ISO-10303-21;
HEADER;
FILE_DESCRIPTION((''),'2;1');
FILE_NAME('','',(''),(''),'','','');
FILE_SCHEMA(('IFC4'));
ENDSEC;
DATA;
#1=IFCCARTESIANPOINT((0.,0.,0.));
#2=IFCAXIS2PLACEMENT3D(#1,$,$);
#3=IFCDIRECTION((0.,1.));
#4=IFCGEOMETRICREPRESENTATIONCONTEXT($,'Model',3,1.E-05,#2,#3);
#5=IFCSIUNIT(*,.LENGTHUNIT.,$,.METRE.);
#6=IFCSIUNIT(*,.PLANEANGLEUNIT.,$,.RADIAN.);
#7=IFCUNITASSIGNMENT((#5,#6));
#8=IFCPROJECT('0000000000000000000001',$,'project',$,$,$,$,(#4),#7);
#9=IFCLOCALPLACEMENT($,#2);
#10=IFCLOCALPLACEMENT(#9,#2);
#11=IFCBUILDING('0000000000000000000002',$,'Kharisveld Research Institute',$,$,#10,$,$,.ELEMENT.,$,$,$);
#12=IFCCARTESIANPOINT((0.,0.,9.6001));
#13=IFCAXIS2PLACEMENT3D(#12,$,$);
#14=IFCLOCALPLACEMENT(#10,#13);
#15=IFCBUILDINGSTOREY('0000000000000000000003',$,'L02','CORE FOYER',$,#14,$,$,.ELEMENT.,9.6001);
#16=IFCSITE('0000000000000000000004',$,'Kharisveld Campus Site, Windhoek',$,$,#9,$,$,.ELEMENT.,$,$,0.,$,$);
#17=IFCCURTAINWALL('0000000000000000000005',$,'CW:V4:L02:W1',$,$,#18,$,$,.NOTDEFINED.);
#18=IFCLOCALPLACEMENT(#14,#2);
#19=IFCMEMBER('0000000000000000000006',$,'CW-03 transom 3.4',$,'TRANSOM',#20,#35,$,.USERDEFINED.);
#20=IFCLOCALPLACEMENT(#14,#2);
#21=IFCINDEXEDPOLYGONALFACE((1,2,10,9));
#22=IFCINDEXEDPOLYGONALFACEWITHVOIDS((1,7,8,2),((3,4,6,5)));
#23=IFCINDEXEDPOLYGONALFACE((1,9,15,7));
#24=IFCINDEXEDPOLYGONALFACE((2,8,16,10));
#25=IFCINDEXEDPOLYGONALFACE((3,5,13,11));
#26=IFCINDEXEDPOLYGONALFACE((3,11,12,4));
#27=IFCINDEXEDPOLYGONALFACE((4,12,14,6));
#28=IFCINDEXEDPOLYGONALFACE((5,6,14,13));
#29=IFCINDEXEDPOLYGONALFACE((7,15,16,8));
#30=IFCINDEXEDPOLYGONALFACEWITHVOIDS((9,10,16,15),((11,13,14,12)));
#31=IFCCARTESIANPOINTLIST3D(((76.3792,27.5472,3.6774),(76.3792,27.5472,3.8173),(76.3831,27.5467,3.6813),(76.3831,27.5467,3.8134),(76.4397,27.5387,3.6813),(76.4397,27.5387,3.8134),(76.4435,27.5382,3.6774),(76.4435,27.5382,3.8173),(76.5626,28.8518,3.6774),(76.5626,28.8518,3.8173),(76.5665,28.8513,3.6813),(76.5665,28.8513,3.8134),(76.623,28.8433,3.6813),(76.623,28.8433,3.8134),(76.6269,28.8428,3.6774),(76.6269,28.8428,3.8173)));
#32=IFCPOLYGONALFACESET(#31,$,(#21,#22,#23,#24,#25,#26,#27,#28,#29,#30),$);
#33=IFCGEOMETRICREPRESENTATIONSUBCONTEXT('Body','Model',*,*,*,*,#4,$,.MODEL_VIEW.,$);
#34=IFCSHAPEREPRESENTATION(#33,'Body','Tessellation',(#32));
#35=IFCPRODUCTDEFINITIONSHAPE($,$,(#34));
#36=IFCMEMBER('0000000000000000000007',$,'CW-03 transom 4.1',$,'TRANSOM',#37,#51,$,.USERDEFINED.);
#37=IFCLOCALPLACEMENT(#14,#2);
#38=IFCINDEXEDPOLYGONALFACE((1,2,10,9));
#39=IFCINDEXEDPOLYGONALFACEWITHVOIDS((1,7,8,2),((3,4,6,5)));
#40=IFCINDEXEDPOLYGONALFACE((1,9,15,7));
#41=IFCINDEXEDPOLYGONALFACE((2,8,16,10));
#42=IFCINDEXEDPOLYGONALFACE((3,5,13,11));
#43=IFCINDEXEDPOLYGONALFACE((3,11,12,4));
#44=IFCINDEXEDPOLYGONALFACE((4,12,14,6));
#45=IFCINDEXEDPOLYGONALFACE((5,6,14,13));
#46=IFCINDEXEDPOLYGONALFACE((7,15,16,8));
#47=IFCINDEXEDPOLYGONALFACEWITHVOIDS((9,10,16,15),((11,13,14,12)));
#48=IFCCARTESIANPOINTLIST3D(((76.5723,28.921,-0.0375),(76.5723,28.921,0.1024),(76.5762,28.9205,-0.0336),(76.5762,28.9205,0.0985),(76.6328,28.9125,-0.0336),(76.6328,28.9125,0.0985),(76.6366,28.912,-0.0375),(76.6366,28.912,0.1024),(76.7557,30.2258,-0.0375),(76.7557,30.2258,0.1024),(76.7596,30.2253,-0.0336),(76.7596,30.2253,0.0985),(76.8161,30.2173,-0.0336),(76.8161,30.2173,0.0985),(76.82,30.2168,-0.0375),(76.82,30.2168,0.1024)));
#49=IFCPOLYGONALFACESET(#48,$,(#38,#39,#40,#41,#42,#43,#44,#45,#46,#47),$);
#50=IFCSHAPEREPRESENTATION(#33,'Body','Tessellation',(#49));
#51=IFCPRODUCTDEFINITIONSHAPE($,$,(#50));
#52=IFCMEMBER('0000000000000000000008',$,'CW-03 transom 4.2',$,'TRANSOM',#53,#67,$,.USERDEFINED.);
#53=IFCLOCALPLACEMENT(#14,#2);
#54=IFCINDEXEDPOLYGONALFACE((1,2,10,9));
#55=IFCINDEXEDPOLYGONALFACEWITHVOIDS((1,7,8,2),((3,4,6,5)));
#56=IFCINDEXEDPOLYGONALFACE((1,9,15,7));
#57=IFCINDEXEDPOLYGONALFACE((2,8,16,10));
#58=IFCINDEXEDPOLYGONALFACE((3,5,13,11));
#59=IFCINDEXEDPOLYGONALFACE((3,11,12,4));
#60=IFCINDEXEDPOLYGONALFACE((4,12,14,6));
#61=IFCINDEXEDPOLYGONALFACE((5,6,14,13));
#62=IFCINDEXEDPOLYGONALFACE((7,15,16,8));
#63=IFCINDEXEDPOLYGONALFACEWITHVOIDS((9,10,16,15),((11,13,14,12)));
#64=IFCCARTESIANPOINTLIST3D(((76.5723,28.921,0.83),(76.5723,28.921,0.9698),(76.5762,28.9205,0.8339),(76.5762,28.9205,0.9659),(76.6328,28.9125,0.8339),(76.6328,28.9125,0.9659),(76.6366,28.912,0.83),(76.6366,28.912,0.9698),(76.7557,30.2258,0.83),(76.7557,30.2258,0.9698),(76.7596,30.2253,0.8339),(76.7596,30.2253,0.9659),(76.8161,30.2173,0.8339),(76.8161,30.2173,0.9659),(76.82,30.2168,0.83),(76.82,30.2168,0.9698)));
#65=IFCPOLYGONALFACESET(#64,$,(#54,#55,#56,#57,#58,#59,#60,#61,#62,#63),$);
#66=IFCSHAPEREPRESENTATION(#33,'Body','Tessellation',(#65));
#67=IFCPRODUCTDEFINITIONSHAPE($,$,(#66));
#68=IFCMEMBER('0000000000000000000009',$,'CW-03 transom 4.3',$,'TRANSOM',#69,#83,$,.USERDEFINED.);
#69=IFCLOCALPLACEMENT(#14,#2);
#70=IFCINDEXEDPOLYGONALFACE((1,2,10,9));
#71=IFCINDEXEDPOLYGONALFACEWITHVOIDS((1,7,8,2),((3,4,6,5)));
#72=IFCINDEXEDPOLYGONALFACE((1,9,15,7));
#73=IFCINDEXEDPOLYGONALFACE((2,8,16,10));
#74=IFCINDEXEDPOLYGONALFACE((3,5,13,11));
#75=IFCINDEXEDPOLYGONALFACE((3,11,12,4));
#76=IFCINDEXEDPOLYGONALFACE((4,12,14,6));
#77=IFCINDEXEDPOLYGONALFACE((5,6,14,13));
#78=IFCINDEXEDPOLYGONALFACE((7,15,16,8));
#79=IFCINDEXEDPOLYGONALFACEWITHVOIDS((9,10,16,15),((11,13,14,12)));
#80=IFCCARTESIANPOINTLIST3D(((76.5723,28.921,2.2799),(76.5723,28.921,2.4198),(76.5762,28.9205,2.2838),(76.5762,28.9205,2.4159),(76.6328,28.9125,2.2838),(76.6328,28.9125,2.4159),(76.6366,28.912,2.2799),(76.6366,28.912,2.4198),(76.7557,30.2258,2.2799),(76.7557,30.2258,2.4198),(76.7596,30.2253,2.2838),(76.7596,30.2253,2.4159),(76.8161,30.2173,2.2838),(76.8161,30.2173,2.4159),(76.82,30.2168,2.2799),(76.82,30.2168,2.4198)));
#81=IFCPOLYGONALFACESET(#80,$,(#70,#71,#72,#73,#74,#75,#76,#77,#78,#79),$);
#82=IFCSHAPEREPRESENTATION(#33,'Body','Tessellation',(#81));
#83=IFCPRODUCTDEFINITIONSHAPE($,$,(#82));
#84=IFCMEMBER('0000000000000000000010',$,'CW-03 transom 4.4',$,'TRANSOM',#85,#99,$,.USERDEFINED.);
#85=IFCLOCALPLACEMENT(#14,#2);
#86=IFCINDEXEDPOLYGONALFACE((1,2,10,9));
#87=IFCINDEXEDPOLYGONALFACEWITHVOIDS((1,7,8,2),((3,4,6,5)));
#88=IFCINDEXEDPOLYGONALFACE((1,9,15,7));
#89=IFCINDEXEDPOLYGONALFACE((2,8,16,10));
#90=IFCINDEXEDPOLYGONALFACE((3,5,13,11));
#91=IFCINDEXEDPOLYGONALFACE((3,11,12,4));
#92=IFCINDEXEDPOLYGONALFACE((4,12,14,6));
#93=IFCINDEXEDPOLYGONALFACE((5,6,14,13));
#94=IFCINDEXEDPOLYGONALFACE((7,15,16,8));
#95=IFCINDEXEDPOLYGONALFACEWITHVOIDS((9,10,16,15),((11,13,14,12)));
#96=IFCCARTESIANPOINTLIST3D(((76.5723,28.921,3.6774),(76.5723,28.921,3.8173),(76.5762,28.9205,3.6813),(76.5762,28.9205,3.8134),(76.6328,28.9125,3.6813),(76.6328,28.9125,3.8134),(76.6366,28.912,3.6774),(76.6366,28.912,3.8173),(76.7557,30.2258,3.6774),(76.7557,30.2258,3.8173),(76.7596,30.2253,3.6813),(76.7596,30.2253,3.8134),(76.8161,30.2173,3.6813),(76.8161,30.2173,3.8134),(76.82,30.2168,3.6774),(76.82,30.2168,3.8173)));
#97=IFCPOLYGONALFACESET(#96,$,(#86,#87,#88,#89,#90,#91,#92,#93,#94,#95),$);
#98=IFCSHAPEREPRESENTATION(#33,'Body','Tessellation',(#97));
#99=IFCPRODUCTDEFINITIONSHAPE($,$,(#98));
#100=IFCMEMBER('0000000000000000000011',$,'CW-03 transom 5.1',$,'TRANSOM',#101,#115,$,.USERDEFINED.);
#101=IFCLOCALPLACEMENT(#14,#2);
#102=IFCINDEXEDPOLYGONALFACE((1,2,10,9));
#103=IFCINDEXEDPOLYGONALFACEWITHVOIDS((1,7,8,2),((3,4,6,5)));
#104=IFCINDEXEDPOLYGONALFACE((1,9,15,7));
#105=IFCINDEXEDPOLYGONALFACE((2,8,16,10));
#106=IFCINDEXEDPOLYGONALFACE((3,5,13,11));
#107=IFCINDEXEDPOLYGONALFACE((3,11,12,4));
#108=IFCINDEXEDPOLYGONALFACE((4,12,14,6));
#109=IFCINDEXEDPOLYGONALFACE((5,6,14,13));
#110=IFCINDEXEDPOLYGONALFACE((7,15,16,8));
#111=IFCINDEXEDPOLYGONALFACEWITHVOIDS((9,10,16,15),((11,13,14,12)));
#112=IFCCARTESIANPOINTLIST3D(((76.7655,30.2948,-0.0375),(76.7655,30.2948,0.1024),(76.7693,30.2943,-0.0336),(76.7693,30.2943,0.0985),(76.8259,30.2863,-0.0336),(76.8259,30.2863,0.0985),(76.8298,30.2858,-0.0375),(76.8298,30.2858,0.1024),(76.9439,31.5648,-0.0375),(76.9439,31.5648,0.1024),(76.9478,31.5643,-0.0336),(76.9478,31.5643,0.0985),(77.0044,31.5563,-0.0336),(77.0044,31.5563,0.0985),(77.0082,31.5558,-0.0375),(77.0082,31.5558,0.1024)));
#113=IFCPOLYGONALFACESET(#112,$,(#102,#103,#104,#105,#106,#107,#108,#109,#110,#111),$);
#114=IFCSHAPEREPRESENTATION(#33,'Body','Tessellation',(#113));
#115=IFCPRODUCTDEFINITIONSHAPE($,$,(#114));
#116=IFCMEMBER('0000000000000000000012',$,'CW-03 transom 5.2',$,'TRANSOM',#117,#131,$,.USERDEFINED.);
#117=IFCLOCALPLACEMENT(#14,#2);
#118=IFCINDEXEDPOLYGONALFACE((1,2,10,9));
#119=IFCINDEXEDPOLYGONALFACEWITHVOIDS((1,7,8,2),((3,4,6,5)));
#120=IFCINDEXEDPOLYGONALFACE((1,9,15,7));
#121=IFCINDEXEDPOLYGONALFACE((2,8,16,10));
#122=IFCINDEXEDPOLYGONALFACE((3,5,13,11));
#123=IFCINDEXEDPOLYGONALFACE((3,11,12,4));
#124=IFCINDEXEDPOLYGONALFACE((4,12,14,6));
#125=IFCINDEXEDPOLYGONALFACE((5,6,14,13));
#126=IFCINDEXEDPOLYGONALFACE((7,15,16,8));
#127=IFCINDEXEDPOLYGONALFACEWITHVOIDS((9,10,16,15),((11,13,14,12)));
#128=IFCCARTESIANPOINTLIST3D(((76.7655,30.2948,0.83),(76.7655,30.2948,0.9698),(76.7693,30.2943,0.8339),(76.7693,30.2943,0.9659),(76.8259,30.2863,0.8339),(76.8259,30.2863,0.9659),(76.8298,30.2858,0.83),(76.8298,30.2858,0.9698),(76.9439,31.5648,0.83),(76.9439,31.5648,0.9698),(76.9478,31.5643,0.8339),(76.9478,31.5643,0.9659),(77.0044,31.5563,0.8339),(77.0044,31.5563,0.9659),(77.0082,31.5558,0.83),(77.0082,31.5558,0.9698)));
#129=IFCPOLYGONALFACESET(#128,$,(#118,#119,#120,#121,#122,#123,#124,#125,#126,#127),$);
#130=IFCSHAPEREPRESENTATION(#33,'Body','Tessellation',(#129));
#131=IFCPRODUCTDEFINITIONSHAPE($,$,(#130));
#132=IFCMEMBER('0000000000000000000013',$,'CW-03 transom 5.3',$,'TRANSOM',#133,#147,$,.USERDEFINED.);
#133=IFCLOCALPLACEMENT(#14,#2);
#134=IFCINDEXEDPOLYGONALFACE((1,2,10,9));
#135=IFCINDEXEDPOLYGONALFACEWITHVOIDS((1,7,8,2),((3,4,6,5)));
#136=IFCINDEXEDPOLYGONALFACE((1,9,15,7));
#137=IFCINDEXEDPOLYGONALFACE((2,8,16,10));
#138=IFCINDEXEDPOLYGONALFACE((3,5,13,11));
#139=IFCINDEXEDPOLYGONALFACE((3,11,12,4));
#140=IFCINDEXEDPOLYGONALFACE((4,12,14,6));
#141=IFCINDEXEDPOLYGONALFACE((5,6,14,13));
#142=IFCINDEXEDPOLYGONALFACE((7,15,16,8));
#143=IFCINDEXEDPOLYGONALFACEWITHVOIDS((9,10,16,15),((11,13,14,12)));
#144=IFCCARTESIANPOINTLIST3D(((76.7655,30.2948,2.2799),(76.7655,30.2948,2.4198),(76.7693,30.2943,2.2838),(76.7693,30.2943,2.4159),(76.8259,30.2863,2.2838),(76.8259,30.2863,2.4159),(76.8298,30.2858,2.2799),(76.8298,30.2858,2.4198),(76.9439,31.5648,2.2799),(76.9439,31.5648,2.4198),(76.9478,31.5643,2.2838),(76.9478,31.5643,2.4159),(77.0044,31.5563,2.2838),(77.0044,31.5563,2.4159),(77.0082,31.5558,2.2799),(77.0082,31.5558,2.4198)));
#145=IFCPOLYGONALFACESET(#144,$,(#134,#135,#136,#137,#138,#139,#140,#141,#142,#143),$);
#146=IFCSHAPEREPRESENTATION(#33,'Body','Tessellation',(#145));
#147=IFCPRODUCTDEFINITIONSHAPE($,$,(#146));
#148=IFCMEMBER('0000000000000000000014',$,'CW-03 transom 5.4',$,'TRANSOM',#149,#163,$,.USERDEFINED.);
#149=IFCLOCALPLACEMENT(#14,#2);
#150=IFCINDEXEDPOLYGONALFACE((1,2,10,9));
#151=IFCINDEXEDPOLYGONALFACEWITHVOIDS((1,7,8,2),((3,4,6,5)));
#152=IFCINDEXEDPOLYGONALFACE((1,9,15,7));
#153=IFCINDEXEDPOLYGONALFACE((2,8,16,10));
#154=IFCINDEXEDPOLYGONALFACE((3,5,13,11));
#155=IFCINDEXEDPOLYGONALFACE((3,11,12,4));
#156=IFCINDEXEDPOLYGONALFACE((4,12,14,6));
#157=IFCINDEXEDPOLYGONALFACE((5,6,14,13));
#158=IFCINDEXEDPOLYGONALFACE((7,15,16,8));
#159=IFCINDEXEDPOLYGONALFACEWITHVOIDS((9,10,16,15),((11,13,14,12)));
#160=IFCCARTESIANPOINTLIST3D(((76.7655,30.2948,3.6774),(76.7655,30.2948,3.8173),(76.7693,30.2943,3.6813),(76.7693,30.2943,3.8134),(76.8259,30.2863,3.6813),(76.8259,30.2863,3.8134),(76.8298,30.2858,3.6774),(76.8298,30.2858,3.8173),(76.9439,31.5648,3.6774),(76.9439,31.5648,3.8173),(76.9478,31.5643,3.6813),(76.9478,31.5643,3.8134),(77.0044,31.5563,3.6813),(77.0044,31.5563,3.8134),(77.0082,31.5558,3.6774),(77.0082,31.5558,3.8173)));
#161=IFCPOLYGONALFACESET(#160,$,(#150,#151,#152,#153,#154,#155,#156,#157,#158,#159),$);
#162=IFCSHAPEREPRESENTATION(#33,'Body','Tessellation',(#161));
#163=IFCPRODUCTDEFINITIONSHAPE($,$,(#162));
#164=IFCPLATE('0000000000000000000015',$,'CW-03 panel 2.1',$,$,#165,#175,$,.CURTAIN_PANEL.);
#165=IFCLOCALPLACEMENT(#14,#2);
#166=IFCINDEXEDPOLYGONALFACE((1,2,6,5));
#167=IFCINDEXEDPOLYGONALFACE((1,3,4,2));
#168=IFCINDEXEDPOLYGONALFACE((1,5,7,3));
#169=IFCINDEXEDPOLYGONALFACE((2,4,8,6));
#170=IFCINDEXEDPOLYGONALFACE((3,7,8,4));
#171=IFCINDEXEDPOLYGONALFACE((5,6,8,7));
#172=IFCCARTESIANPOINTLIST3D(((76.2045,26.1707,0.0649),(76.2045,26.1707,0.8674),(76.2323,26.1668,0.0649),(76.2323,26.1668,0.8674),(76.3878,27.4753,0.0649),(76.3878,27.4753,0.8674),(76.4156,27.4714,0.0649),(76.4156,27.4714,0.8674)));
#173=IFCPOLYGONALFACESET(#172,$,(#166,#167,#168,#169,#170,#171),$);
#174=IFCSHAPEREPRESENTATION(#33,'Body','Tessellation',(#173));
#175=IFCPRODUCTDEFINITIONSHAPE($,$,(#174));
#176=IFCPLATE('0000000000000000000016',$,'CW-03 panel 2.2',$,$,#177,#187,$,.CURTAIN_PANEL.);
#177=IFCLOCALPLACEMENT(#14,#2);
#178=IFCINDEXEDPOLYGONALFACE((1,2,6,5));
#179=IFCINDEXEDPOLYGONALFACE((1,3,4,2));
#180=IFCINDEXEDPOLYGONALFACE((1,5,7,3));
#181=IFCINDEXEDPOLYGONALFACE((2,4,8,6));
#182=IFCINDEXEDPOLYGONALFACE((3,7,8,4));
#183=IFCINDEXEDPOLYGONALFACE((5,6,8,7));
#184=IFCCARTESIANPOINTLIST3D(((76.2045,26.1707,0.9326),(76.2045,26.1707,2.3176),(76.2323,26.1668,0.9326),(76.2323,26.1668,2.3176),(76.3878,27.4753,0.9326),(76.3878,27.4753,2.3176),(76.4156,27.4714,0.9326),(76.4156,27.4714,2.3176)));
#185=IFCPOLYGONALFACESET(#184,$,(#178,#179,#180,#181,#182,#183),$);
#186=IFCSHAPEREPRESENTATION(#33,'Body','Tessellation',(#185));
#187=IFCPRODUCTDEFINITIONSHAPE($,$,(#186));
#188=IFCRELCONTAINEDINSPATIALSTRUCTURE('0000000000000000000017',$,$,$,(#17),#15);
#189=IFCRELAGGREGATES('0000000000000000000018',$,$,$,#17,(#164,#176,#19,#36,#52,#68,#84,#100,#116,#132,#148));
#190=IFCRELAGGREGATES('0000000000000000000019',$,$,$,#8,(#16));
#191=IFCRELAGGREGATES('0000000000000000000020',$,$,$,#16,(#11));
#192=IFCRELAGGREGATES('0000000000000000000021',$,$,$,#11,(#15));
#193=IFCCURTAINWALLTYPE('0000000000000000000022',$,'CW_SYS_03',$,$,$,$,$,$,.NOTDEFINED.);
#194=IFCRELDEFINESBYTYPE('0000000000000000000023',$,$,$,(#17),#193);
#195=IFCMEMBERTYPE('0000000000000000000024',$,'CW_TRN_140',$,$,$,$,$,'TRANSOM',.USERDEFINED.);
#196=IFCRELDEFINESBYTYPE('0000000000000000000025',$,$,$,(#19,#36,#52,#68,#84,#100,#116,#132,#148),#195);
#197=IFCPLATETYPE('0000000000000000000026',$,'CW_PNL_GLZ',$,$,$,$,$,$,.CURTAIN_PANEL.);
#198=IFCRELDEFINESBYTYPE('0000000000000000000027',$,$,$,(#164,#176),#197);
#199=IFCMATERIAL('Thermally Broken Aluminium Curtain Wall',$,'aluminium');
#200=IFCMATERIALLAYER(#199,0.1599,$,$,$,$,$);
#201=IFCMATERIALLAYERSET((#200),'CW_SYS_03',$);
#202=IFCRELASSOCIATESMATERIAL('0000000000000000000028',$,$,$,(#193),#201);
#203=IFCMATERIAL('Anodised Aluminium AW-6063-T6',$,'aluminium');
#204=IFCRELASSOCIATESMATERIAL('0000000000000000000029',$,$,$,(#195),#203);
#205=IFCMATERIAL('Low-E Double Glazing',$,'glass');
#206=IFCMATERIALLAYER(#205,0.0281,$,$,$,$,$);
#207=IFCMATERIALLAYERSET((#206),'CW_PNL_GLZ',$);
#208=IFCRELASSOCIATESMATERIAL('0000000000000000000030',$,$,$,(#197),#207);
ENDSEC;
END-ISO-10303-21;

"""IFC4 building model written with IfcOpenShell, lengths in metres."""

from ifc_helpers import new_model, si_unit, direction, frame, origin, origin_2d, place, context, subcontext, project, spatial, rectangle, hollow_rectangle, extrude, material, layer, layer_set, material_profile, profile_set, type_object, element, aggregate, save


model = new_model("IFC4")

# Units and contexts
model_context = context("Model", 3, precision=1e-05, world=origin(), true_north=direction((0.0, 1.0)))
body_context = subcontext(model_context, "Body", "Model", "MODEL_VIEW")
ifc_project = project(units=[si_unit("LENGTHUNIT", "METRE"), si_unit("PLANEANGLEUNIT", "RADIAN")], contexts=[model_context])

# Site, building, storey
site_placement = place(None, origin())
site = spatial("IfcSite", under=ifc_project, at=site_placement, Name="Kharisveld Campus Site, Windhoek", CompositionType="ELEMENT", RefElevation=0.0)
building_placement = place(site_placement, origin())
building = spatial("IfcBuilding", under=site, at=building_placement, Name="Kharisveld Research Institute", CompositionType="ELEMENT")
storey_placement = place(building_placement, frame((0.0, 0.0, 9.6001)))
storey = spatial("IfcBuildingStorey", under=building, at=storey_placement, Name="L02", Description="CORE FOYER", CompositionType="ELEMENT", Elevation=9.6001)

# Curtain wall, members, plates
ifc_material_1 = material(Name="Thermally Broken Aluminium Curtain Wall", Category="aluminium")
ifc_layer_1 = layer(ifc_material_1, 0.1599)
ifc_layer_set_1 = layer_set([ifc_layer_1], Name="CW_SYS_03")
curtain_wall_type = type_object("IfcCurtainWallType", Name="CW_SYS_03", PredefinedType="NOTDEFINED", material=ifc_layer_set_1)
curtain_wall_placement = place(storey_placement, origin())
curtain_wall = element("IfcCurtainWall", 1, at=curtain_wall_placement, inside=storey, type_object=curtain_wall_type, Name="CW:V4:L02:W1", PredefinedType="NOTDEFINED")
ifc_material_2 = material(Name="Anodised Aluminium AW-6063-T6", Category="aluminium")
ifc_material_profile_1 = material_profile(ifc_material_2, hollow_rectangle(XDim=0.0649, YDim=0.1399, WallThickness=0.0039, at=origin_2d()))
ifc_profile_set_1 = profile_set([ifc_material_profile_1], Name="Anodised Aluminium AW-6063-T6")
member_type_1 = type_object("IfcMemberType", Name="CW_TRN_140", ElementType="TRANSOM", PredefinedType="USERDEFINED", material=ifc_profile_set_1)
member_1_placement = place(storey_placement, frame((76.4114, 27.5427, 3.7473), z_axis=(0.13919, 0.990266, 0.0), x_axis=(-0.990266, 0.13919, 0.0)))
member_1 = element("IfcMember", 2, at=member_1_placement, type_object=member_type_1, Name="CW-03 transom 3.4", ObjectType="TRANSOM", PredefinedType="USERDEFINED", context=body_context, shape_type="SweptSolid", body=[
    extrude(hollow_rectangle(XDim=0.0649, YDim=0.1399, WallThickness=0.0039, at=origin_2d()), origin(), (0.0, 0.0, 1.0), 1.3174),
])
member_2_placement = place(storey_placement, frame((76.6045, 28.9165, 0.0325), z_axis=(0.139164, 0.990269, 0.0), x_axis=(-0.990269, 0.139164, 0.0)))
member_2 = element("IfcMember", 3, at=member_2_placement, type_object=member_type_1, Name="CW-03 transom 4.1", ObjectType="TRANSOM", PredefinedType="USERDEFINED", context=body_context, shape_type="SweptSolid", body=[
    extrude(hollow_rectangle(XDim=0.0649, YDim=0.1399, WallThickness=0.0039, at=origin_2d()), origin(), (0.0, 0.0, 1.0), 1.3176),
])
member_3_placement = place(storey_placement, frame((76.6045, 28.9165, 0.8999), z_axis=(0.139164, 0.990269, 0.0), x_axis=(-0.990269, 0.139164, 0.0)))
member_3 = element("IfcMember", 4, at=member_3_placement, type_object=member_type_1, Name="CW-03 transom 4.2", ObjectType="TRANSOM", PredefinedType="USERDEFINED", context=body_context, shape_type="SweptSolid", body=[
    extrude(hollow_rectangle(XDim=0.0649, YDim=0.1399, WallThickness=0.0039, at=origin_2d()), origin(), (0.0, 0.0, 1.0), 1.3176),
])
member_4_placement = place(storey_placement, frame((76.6045, 28.9165, 2.3499), z_axis=(0.139164, 0.990269, 0.0), x_axis=(-0.990269, 0.139164, 0.0)))
member_4 = element("IfcMember", 5, at=member_4_placement, type_object=member_type_1, Name="CW-03 transom 4.3", ObjectType="TRANSOM", PredefinedType="USERDEFINED", context=body_context, shape_type="SweptSolid", body=[
    extrude(hollow_rectangle(XDim=0.0649, YDim=0.1399, WallThickness=0.0039, at=origin_2d()), origin(), (0.0, 0.0, 1.0), 1.3176),
])
member_5_placement = place(storey_placement, frame((76.6045, 28.9165, 3.7473), z_axis=(0.139164, 0.990269, 0.0), x_axis=(-0.990269, 0.139164, 0.0)))
member_5 = element("IfcMember", 6, at=member_5_placement, type_object=member_type_1, Name="CW-03 transom 4.4", ObjectType="TRANSOM", PredefinedType="USERDEFINED", context=body_context, shape_type="SweptSolid", body=[
    extrude(hollow_rectangle(XDim=0.0649, YDim=0.1399, WallThickness=0.0039, at=origin_2d()), origin(), (0.0, 0.0, 1.0), 1.3176),
])
member_6_placement = place(storey_placement, frame((76.7976, 30.2903, 0.0325), z_axis=(0.139156, 0.990271, 0.0), x_axis=(-0.990271, 0.139156, 0.0)))
member_6 = element("IfcMember", 7, at=member_6_placement, type_object=member_type_1, Name="CW-03 transom 5.1", ObjectType="TRANSOM", PredefinedType="USERDEFINED", context=body_context, shape_type="SweptSolid", body=[
    extrude(hollow_rectangle(XDim=0.0649, YDim=0.1399, WallThickness=0.0039, at=origin_2d()), origin(), (0.0, 0.0, 1.0), 1.2825),
])
member_7_placement = place(storey_placement, frame((76.7976, 30.2903, 0.8999), z_axis=(0.139156, 0.990271, 0.0), x_axis=(-0.990271, 0.139156, 0.0)))
member_7 = element("IfcMember", 8, at=member_7_placement, type_object=member_type_1, Name="CW-03 transom 5.2", ObjectType="TRANSOM", PredefinedType="USERDEFINED", context=body_context, shape_type="SweptSolid", body=[
    extrude(hollow_rectangle(XDim=0.0649, YDim=0.1399, WallThickness=0.0039, at=origin_2d()), origin(), (0.0, 0.0, 1.0), 1.2825),
])
member_8_placement = place(storey_placement, frame((76.7976, 30.2903, 2.3499), z_axis=(0.139156, 0.990271, 0.0), x_axis=(-0.990271, 0.139156, 0.0)))
member_8 = element("IfcMember", 9, at=member_8_placement, type_object=member_type_1, Name="CW-03 transom 5.3", ObjectType="TRANSOM", PredefinedType="USERDEFINED", context=body_context, shape_type="SweptSolid", body=[
    extrude(hollow_rectangle(XDim=0.0649, YDim=0.1399, WallThickness=0.0039, at=origin_2d()), origin(), (0.0, 0.0, 1.0), 1.2825),
])
member_9_placement = place(storey_placement, frame((76.7976, 30.2903, 3.7473), z_axis=(0.139156, 0.990271, 0.0), x_axis=(-0.990271, 0.139156, 0.0)))
member_9 = element("IfcMember", 10, at=member_9_placement, type_object=member_type_1, Name="CW-03 transom 5.4", ObjectType="TRANSOM", PredefinedType="USERDEFINED", context=body_context, shape_type="SweptSolid", body=[
    extrude(hollow_rectangle(XDim=0.0649, YDim=0.1399, WallThickness=0.0039, at=origin_2d()), origin(), (0.0, 0.0, 1.0), 1.2825),
])
ifc_material_3 = material(Name="Low-E Double Glazing", Category="glass")
ifc_layer_2 = layer(ifc_material_3, 0.0281)
ifc_layer_set_2 = layer_set([ifc_layer_2], Name="CW_PNL_GLZ")
plate_type = type_object("IfcPlateType", Name="CW_PNL_GLZ", PredefinedType="CURTAIN_PANEL", material=ifc_layer_set_2)
plate_1_placement = place(storey_placement, frame((76.3101, 26.821, 0.0649), z_axis=(0.0, 0.0, 1.0), x_axis=(0.139173, 0.990268, 0.0)))
plate_1 = element("IfcPlate", 11, at=plate_1_placement, type_object=plate_type, Name="CW-03 panel 2.1", PredefinedType="CURTAIN_PANEL", context=body_context, shape_type="SweptSolid", body=[
    extrude(rectangle(XDim=1.3174, YDim=0.0281, at=origin_2d()), origin(), (0.0, 0.0, 1.0), 0.8025),
])
plate_2_placement = place(storey_placement, frame((76.3101, 26.821, 0.9326), z_axis=(0.0, 0.0, 1.0), x_axis=(0.139173, 0.990268, 0.0)))
plate_2 = element("IfcPlate", 12, at=plate_2_placement, type_object=plate_type, Name="CW-03 panel 2.2", PredefinedType="CURTAIN_PANEL", context=body_context, shape_type="SweptSolid", body=[
    extrude(rectangle(XDim=1.3174, YDim=0.0281, at=origin_2d()), origin(), (0.0, 0.0, 1.0), 1.385),
])
aggregate(curtain_wall, [plate_1, plate_2, member_1, member_2, member_3, member_4, member_5, member_6, member_7, member_8, member_9])

save(model, "model.ifc")
